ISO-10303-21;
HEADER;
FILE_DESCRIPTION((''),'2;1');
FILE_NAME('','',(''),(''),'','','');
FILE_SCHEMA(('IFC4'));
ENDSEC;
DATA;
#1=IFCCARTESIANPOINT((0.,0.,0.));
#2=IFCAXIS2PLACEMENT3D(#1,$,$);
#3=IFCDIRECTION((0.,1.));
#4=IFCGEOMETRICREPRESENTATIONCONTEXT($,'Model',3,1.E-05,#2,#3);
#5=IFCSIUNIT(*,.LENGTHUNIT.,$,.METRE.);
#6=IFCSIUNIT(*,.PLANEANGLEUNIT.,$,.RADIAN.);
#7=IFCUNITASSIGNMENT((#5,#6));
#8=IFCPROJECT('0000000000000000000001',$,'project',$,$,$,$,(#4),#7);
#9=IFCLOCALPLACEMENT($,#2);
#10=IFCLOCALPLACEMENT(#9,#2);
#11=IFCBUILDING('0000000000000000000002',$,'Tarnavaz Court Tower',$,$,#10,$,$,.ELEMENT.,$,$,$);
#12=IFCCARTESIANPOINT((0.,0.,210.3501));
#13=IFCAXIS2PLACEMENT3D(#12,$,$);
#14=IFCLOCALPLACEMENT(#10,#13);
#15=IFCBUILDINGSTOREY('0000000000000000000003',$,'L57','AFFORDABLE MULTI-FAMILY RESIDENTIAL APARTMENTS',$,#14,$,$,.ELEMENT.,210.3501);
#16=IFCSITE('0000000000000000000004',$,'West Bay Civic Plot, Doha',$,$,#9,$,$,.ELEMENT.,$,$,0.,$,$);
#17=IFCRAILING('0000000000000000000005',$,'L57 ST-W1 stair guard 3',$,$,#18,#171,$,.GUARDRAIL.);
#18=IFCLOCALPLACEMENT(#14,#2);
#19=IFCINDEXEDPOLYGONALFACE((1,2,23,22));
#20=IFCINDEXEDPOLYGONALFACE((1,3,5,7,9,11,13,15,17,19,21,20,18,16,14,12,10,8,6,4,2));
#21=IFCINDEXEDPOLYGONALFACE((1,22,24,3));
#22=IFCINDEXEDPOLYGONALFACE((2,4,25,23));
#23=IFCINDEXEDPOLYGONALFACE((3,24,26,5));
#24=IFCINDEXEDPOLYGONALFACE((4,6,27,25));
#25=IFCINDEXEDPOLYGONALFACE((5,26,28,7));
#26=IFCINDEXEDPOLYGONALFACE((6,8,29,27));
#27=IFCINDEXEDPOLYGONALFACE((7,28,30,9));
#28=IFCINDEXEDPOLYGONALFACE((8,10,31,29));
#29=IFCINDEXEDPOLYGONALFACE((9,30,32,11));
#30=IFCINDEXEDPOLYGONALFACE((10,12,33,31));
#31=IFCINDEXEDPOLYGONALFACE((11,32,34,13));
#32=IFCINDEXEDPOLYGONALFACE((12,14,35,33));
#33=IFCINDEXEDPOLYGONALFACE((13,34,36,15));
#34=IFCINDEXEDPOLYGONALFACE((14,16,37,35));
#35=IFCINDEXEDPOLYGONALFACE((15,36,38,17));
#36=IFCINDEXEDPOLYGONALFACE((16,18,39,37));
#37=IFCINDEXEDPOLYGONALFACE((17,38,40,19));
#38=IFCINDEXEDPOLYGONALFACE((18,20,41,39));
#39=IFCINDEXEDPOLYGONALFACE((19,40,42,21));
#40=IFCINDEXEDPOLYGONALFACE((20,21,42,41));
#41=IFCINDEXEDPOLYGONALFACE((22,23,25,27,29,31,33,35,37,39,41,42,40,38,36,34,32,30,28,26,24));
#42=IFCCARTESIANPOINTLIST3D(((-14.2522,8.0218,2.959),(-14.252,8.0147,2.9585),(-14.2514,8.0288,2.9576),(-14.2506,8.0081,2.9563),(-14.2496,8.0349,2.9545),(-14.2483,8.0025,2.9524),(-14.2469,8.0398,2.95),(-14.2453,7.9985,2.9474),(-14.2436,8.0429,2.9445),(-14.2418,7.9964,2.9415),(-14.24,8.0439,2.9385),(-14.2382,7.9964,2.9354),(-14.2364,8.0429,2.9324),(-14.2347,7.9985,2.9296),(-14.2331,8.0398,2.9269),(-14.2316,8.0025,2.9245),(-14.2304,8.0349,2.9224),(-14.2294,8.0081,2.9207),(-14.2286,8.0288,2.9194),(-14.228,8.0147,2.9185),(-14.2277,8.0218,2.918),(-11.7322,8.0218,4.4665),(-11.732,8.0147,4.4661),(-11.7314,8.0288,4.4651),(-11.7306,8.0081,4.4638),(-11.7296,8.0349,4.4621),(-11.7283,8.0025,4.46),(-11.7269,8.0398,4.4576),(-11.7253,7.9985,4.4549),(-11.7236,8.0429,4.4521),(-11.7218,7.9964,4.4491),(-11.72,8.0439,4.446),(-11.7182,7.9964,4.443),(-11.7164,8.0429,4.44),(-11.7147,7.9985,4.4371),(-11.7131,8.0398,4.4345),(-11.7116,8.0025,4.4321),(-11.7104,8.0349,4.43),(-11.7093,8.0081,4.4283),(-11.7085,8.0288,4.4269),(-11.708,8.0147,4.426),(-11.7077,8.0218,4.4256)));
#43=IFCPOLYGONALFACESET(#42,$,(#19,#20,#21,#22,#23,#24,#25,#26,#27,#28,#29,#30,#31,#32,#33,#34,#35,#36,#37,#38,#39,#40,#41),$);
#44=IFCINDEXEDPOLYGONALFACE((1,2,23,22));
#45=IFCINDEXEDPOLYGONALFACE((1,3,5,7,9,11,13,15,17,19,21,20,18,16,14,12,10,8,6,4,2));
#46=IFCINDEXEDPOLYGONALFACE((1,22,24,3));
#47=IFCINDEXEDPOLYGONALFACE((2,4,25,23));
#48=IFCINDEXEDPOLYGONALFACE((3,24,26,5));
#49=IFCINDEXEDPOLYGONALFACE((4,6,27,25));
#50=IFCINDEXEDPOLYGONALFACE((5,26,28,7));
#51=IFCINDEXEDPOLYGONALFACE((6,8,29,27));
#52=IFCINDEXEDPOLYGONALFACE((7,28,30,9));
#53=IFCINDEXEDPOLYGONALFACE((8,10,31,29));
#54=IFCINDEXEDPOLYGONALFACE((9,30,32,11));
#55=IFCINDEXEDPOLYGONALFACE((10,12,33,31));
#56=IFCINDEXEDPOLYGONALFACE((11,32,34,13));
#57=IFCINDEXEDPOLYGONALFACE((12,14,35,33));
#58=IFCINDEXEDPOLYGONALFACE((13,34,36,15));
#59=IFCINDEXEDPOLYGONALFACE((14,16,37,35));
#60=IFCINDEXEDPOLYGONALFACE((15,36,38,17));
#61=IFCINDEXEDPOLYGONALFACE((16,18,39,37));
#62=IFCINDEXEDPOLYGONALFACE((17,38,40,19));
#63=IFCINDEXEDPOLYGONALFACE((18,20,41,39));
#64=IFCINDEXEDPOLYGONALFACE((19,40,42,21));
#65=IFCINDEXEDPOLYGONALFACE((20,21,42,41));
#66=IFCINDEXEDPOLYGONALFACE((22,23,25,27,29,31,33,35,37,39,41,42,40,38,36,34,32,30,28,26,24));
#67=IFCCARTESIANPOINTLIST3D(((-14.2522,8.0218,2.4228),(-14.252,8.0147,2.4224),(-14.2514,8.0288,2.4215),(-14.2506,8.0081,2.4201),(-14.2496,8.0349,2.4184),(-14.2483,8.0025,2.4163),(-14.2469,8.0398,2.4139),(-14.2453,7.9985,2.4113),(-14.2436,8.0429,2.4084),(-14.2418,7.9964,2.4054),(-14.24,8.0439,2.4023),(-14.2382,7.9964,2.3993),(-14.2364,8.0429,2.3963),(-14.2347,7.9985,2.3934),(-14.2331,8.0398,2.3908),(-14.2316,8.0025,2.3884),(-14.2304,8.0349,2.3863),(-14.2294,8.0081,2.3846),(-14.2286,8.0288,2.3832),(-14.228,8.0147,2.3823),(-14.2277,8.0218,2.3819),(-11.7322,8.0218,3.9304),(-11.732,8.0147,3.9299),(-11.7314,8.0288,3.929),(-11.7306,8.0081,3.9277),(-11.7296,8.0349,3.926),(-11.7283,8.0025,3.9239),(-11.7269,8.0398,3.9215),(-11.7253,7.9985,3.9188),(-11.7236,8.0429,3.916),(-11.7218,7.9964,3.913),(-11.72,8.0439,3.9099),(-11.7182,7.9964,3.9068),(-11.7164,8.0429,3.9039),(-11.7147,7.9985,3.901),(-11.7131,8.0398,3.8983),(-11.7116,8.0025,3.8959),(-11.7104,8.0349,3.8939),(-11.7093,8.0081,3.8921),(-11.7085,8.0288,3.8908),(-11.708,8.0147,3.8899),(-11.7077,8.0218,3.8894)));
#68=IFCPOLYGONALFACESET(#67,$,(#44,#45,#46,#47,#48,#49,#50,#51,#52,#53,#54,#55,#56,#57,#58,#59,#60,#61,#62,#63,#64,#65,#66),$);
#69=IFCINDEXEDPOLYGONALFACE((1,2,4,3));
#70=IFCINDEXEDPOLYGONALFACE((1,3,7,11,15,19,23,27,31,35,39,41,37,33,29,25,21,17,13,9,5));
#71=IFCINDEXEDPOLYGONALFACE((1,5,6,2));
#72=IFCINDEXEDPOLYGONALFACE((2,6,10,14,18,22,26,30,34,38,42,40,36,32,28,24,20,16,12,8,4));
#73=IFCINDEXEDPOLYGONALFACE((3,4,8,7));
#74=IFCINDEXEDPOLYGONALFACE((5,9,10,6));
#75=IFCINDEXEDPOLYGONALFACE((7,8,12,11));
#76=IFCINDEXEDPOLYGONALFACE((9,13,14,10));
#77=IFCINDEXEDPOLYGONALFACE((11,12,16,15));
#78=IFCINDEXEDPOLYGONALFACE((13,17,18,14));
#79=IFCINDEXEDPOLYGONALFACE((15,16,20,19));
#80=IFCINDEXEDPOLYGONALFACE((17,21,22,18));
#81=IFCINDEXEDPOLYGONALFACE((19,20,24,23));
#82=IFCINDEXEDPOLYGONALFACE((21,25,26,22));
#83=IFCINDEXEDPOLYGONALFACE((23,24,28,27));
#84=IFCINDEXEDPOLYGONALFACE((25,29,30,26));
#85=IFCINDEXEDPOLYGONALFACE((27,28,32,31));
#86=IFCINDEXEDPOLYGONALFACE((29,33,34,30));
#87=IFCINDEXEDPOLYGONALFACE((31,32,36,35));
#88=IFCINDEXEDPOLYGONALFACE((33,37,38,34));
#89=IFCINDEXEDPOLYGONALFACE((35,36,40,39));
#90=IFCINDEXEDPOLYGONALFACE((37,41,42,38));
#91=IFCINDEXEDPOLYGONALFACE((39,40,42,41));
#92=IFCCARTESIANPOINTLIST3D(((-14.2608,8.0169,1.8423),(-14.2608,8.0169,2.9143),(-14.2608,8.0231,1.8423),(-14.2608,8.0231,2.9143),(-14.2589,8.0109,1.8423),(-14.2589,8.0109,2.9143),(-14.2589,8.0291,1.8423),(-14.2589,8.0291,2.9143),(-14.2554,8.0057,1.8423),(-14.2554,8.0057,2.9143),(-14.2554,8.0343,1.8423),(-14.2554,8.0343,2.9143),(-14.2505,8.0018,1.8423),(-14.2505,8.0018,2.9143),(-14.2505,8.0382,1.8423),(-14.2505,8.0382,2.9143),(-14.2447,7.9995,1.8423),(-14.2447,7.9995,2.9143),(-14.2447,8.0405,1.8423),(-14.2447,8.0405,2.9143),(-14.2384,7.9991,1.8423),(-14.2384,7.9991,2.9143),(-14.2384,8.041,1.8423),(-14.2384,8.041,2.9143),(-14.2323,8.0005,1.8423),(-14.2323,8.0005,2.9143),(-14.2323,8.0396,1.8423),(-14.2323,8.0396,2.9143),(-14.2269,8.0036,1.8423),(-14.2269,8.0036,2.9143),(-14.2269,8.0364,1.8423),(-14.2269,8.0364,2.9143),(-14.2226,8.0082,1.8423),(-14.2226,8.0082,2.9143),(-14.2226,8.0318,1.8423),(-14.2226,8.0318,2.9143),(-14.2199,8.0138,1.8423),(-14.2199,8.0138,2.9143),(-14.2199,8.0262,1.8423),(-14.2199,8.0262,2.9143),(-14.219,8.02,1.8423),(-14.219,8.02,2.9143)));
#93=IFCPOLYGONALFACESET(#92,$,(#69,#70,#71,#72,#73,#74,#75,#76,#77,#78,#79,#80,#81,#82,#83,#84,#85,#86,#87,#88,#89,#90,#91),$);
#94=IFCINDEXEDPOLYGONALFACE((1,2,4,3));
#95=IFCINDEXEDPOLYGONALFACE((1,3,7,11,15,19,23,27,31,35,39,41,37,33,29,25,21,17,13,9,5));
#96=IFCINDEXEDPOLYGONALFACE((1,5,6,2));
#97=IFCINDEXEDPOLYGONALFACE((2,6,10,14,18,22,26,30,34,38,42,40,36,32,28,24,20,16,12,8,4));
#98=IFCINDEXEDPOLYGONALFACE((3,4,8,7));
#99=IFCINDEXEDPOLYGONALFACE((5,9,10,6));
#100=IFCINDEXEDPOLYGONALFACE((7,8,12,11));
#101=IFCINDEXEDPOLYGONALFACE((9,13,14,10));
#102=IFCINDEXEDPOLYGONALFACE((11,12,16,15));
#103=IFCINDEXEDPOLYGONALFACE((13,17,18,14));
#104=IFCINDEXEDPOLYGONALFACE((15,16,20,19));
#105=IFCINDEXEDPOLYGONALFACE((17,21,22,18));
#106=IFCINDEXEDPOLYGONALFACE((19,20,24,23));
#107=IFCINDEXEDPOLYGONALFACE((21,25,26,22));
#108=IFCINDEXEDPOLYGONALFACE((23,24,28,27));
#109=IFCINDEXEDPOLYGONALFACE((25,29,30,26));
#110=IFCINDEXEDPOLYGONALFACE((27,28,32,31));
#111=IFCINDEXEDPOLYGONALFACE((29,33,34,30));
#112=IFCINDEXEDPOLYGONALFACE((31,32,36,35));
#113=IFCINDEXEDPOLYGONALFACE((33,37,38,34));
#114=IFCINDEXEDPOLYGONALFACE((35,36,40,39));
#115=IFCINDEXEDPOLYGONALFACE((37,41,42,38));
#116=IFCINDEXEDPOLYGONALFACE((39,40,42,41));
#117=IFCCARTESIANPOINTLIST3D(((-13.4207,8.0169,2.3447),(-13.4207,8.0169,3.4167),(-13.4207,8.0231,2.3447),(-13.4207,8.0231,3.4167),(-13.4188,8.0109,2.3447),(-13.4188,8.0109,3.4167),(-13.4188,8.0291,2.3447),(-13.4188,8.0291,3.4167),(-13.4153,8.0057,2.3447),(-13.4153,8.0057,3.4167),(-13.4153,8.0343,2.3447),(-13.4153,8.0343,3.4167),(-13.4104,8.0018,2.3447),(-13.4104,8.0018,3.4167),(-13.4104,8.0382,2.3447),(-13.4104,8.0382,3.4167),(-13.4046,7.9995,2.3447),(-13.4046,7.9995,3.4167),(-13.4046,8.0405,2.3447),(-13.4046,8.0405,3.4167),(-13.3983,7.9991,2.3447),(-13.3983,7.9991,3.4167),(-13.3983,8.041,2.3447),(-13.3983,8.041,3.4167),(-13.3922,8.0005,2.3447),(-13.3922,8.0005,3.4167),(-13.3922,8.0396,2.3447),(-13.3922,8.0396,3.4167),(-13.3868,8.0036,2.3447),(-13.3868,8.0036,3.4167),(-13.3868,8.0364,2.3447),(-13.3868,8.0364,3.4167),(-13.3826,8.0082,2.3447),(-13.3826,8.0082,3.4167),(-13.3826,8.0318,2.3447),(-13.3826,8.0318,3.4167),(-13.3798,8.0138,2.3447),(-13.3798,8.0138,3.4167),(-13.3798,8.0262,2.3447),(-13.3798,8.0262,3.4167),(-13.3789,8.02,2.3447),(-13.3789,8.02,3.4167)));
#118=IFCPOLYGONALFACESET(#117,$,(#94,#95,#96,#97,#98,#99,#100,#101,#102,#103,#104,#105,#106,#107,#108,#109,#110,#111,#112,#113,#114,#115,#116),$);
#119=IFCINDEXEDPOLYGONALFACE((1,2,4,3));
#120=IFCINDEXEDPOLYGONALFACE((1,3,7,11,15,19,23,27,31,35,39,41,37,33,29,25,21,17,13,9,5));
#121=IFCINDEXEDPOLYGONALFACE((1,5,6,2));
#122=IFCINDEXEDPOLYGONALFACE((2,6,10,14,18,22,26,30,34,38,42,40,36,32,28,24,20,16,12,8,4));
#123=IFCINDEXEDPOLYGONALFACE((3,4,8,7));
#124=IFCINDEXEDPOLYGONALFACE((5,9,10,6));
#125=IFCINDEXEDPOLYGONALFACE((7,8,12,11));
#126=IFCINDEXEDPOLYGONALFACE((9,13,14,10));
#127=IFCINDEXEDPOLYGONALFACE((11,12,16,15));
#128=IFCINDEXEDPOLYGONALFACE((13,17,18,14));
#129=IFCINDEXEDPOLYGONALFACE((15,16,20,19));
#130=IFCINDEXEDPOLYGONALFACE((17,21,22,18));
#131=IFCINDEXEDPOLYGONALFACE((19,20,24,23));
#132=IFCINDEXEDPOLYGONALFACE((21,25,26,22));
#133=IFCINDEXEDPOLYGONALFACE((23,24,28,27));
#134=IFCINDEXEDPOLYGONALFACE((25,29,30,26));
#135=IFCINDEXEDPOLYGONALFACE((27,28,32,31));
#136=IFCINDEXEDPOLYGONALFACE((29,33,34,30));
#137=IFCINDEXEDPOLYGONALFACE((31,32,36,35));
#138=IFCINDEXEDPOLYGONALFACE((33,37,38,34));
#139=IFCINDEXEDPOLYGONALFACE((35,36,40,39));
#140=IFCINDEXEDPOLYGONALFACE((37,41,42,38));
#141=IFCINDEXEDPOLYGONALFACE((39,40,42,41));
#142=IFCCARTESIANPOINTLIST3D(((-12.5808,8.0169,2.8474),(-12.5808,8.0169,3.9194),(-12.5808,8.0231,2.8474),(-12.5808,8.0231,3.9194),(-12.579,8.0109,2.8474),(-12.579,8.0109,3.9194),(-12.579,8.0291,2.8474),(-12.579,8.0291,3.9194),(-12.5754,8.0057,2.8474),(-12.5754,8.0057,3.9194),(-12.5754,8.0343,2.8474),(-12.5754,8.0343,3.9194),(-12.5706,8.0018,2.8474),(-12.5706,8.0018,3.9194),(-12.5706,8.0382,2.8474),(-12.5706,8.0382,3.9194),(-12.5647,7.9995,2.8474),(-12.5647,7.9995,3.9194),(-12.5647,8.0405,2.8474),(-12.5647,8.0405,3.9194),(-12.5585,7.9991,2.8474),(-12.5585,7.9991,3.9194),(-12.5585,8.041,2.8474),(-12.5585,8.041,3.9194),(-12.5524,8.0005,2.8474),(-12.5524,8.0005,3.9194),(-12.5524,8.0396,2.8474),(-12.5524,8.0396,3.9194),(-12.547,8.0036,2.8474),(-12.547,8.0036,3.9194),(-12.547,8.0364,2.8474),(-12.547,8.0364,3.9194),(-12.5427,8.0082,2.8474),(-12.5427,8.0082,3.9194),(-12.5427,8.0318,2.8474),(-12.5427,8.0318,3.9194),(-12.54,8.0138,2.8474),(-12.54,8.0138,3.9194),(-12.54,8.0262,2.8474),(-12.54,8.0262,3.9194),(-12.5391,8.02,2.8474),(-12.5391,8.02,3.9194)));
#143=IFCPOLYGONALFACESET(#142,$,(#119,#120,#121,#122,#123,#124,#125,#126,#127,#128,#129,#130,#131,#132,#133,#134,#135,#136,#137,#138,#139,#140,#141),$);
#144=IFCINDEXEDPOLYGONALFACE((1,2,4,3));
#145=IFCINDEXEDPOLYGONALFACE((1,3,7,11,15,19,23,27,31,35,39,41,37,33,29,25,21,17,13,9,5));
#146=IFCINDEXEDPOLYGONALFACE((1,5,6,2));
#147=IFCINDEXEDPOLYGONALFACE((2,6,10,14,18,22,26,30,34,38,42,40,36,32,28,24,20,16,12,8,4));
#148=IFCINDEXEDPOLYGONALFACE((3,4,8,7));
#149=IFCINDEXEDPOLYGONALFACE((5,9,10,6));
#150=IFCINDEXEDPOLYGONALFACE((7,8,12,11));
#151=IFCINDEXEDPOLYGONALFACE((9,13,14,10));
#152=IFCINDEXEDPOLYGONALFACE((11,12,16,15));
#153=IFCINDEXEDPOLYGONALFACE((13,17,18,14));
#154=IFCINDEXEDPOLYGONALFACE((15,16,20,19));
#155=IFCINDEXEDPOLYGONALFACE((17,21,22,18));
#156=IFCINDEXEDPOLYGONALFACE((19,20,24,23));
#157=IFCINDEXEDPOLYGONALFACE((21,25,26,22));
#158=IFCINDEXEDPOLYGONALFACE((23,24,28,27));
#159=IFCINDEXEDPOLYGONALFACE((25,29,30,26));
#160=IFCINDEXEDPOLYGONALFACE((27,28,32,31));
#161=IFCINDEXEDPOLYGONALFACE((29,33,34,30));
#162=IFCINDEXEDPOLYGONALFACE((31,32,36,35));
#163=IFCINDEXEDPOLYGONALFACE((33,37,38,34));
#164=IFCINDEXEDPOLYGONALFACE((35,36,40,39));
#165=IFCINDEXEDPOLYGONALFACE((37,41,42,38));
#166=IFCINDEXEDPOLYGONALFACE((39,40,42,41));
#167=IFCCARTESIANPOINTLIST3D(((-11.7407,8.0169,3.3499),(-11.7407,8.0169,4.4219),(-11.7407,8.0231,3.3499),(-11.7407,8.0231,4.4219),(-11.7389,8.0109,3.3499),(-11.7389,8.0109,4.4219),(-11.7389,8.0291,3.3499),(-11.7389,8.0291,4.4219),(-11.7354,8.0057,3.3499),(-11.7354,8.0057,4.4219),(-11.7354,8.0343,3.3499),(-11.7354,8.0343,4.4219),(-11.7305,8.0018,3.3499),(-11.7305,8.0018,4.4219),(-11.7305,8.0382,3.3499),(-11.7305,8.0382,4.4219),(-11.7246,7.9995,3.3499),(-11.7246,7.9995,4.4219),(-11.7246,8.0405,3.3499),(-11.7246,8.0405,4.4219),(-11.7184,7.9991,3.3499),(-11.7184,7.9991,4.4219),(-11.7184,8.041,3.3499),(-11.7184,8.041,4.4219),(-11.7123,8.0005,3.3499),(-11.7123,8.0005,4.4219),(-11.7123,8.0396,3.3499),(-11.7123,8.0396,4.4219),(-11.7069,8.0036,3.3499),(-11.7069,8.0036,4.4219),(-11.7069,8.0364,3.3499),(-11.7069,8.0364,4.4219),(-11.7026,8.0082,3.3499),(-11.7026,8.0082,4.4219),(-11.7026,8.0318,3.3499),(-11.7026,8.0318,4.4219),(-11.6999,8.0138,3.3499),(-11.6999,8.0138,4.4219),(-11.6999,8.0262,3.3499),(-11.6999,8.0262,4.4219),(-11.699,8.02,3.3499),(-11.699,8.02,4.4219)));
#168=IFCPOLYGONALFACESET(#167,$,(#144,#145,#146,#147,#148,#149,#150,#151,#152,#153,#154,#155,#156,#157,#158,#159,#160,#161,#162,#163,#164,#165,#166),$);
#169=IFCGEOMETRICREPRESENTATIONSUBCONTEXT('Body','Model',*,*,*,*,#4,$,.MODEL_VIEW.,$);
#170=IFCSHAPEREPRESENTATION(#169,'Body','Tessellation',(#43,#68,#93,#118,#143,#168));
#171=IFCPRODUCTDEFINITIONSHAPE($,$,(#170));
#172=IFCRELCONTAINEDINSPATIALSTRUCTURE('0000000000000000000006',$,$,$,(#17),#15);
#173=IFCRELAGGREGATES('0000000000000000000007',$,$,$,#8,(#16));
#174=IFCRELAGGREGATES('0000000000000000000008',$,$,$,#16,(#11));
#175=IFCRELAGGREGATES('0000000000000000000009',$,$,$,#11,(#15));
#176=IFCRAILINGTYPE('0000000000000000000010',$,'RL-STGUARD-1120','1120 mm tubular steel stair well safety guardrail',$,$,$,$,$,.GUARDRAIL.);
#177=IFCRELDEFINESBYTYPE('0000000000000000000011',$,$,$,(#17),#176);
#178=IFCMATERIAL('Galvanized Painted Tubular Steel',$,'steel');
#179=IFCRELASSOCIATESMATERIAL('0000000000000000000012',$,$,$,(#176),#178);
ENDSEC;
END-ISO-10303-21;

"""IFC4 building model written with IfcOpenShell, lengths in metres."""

from ifc_helpers import new_model, si_unit, direction, frame, origin, origin_2d, place, context, subcontext, project, spatial, circle, extrude, material, type_object, element, save


model = new_model("IFC4")

# Units and contexts
model_context = context("Model", 3, precision=1e-05, world=origin(), true_north=direction((0.0, 1.0)))
body_context = subcontext(model_context, "Body", "Model", "MODEL_VIEW")
ifc_project = project(units=[si_unit("LENGTHUNIT", "METRE"), si_unit("PLANEANGLEUNIT", "RADIAN")], contexts=[model_context])

# Site, building, storey
site_placement = place(None, origin())
site = spatial("IfcSite", under=ifc_project, at=site_placement, Name="West Bay Civic Plot, Doha", CompositionType="ELEMENT", RefElevation=0.0)
building_placement = place(site_placement, origin())
building = spatial("IfcBuilding", under=site, at=building_placement, Name="Tarnavaz Court Tower", CompositionType="ELEMENT")
storey_placement = place(building_placement, frame((0.0, 0.0, 210.3501)))
storey = spatial("IfcBuildingStorey", under=building, at=storey_placement, Name="L57", Description="AFFORDABLE MULTI-FAMILY RESIDENTIAL APARTMENTS", CompositionType="ELEMENT", Elevation=210.3501)

# Railing
ifc_material_1 = material(Name="Galvanized Painted Tubular Steel", Category="steel")
railing_type_1 = type_object("IfcRailingType", Name="RL-STGUARD-1120", Description="1120 mm tubular steel stair well safety guardrail", PredefinedType="GUARDRAIL", material=ifc_material_1)
railing_1_placement = place(storey_placement, frame((-14.24, 8.02, 1.8423)))
element("IfcRailing", 1, at=railing_1_placement, inside=storey, type_object=railing_type_1, Name="L57 ST-W1 stair guard 3", PredefinedType="GUARDRAIL", context=body_context, shape_type="SweptSolid", body=[
    extrude(circle(Radius=0.0239, at=origin_2d()), frame((0.0, 0.0, 1.0962), z_axis=(0.85816, 0.0, 0.513383), x_axis=(0.0, 1.0, 0.0)), (0.0, 0.0, 1.0), 2.9365),
    extrude(circle(Radius=0.0239, at=origin_2d()), frame((0.0, 0.0, 0.5601), z_axis=(0.85816, 0.0, 0.513383), x_axis=(0.0, 1.0, 0.0)), (0.0, 0.0, 1.0), 2.9365),
    extrude(circle(Radius=0.021, at=origin_2d()), origin(), (0.0, 0.0, 1.0), 1.072),
    extrude(circle(Radius=0.021, at=origin_2d()), frame((0.8401, 0.0, 0.5024)), (0.0, 0.0, 1.0), 1.072),
    extrude(circle(Radius=0.021, at=origin_2d()), frame((1.6799, 0.0, 1.0051)), (0.0, 0.0, 1.0), 1.072),
    extrude(circle(Radius=0.021, at=origin_2d()), frame((2.52, 0.0, 1.5076)), (0.0, 0.0, 1.0), 1.072),
])

save(model, "model.ifc")
